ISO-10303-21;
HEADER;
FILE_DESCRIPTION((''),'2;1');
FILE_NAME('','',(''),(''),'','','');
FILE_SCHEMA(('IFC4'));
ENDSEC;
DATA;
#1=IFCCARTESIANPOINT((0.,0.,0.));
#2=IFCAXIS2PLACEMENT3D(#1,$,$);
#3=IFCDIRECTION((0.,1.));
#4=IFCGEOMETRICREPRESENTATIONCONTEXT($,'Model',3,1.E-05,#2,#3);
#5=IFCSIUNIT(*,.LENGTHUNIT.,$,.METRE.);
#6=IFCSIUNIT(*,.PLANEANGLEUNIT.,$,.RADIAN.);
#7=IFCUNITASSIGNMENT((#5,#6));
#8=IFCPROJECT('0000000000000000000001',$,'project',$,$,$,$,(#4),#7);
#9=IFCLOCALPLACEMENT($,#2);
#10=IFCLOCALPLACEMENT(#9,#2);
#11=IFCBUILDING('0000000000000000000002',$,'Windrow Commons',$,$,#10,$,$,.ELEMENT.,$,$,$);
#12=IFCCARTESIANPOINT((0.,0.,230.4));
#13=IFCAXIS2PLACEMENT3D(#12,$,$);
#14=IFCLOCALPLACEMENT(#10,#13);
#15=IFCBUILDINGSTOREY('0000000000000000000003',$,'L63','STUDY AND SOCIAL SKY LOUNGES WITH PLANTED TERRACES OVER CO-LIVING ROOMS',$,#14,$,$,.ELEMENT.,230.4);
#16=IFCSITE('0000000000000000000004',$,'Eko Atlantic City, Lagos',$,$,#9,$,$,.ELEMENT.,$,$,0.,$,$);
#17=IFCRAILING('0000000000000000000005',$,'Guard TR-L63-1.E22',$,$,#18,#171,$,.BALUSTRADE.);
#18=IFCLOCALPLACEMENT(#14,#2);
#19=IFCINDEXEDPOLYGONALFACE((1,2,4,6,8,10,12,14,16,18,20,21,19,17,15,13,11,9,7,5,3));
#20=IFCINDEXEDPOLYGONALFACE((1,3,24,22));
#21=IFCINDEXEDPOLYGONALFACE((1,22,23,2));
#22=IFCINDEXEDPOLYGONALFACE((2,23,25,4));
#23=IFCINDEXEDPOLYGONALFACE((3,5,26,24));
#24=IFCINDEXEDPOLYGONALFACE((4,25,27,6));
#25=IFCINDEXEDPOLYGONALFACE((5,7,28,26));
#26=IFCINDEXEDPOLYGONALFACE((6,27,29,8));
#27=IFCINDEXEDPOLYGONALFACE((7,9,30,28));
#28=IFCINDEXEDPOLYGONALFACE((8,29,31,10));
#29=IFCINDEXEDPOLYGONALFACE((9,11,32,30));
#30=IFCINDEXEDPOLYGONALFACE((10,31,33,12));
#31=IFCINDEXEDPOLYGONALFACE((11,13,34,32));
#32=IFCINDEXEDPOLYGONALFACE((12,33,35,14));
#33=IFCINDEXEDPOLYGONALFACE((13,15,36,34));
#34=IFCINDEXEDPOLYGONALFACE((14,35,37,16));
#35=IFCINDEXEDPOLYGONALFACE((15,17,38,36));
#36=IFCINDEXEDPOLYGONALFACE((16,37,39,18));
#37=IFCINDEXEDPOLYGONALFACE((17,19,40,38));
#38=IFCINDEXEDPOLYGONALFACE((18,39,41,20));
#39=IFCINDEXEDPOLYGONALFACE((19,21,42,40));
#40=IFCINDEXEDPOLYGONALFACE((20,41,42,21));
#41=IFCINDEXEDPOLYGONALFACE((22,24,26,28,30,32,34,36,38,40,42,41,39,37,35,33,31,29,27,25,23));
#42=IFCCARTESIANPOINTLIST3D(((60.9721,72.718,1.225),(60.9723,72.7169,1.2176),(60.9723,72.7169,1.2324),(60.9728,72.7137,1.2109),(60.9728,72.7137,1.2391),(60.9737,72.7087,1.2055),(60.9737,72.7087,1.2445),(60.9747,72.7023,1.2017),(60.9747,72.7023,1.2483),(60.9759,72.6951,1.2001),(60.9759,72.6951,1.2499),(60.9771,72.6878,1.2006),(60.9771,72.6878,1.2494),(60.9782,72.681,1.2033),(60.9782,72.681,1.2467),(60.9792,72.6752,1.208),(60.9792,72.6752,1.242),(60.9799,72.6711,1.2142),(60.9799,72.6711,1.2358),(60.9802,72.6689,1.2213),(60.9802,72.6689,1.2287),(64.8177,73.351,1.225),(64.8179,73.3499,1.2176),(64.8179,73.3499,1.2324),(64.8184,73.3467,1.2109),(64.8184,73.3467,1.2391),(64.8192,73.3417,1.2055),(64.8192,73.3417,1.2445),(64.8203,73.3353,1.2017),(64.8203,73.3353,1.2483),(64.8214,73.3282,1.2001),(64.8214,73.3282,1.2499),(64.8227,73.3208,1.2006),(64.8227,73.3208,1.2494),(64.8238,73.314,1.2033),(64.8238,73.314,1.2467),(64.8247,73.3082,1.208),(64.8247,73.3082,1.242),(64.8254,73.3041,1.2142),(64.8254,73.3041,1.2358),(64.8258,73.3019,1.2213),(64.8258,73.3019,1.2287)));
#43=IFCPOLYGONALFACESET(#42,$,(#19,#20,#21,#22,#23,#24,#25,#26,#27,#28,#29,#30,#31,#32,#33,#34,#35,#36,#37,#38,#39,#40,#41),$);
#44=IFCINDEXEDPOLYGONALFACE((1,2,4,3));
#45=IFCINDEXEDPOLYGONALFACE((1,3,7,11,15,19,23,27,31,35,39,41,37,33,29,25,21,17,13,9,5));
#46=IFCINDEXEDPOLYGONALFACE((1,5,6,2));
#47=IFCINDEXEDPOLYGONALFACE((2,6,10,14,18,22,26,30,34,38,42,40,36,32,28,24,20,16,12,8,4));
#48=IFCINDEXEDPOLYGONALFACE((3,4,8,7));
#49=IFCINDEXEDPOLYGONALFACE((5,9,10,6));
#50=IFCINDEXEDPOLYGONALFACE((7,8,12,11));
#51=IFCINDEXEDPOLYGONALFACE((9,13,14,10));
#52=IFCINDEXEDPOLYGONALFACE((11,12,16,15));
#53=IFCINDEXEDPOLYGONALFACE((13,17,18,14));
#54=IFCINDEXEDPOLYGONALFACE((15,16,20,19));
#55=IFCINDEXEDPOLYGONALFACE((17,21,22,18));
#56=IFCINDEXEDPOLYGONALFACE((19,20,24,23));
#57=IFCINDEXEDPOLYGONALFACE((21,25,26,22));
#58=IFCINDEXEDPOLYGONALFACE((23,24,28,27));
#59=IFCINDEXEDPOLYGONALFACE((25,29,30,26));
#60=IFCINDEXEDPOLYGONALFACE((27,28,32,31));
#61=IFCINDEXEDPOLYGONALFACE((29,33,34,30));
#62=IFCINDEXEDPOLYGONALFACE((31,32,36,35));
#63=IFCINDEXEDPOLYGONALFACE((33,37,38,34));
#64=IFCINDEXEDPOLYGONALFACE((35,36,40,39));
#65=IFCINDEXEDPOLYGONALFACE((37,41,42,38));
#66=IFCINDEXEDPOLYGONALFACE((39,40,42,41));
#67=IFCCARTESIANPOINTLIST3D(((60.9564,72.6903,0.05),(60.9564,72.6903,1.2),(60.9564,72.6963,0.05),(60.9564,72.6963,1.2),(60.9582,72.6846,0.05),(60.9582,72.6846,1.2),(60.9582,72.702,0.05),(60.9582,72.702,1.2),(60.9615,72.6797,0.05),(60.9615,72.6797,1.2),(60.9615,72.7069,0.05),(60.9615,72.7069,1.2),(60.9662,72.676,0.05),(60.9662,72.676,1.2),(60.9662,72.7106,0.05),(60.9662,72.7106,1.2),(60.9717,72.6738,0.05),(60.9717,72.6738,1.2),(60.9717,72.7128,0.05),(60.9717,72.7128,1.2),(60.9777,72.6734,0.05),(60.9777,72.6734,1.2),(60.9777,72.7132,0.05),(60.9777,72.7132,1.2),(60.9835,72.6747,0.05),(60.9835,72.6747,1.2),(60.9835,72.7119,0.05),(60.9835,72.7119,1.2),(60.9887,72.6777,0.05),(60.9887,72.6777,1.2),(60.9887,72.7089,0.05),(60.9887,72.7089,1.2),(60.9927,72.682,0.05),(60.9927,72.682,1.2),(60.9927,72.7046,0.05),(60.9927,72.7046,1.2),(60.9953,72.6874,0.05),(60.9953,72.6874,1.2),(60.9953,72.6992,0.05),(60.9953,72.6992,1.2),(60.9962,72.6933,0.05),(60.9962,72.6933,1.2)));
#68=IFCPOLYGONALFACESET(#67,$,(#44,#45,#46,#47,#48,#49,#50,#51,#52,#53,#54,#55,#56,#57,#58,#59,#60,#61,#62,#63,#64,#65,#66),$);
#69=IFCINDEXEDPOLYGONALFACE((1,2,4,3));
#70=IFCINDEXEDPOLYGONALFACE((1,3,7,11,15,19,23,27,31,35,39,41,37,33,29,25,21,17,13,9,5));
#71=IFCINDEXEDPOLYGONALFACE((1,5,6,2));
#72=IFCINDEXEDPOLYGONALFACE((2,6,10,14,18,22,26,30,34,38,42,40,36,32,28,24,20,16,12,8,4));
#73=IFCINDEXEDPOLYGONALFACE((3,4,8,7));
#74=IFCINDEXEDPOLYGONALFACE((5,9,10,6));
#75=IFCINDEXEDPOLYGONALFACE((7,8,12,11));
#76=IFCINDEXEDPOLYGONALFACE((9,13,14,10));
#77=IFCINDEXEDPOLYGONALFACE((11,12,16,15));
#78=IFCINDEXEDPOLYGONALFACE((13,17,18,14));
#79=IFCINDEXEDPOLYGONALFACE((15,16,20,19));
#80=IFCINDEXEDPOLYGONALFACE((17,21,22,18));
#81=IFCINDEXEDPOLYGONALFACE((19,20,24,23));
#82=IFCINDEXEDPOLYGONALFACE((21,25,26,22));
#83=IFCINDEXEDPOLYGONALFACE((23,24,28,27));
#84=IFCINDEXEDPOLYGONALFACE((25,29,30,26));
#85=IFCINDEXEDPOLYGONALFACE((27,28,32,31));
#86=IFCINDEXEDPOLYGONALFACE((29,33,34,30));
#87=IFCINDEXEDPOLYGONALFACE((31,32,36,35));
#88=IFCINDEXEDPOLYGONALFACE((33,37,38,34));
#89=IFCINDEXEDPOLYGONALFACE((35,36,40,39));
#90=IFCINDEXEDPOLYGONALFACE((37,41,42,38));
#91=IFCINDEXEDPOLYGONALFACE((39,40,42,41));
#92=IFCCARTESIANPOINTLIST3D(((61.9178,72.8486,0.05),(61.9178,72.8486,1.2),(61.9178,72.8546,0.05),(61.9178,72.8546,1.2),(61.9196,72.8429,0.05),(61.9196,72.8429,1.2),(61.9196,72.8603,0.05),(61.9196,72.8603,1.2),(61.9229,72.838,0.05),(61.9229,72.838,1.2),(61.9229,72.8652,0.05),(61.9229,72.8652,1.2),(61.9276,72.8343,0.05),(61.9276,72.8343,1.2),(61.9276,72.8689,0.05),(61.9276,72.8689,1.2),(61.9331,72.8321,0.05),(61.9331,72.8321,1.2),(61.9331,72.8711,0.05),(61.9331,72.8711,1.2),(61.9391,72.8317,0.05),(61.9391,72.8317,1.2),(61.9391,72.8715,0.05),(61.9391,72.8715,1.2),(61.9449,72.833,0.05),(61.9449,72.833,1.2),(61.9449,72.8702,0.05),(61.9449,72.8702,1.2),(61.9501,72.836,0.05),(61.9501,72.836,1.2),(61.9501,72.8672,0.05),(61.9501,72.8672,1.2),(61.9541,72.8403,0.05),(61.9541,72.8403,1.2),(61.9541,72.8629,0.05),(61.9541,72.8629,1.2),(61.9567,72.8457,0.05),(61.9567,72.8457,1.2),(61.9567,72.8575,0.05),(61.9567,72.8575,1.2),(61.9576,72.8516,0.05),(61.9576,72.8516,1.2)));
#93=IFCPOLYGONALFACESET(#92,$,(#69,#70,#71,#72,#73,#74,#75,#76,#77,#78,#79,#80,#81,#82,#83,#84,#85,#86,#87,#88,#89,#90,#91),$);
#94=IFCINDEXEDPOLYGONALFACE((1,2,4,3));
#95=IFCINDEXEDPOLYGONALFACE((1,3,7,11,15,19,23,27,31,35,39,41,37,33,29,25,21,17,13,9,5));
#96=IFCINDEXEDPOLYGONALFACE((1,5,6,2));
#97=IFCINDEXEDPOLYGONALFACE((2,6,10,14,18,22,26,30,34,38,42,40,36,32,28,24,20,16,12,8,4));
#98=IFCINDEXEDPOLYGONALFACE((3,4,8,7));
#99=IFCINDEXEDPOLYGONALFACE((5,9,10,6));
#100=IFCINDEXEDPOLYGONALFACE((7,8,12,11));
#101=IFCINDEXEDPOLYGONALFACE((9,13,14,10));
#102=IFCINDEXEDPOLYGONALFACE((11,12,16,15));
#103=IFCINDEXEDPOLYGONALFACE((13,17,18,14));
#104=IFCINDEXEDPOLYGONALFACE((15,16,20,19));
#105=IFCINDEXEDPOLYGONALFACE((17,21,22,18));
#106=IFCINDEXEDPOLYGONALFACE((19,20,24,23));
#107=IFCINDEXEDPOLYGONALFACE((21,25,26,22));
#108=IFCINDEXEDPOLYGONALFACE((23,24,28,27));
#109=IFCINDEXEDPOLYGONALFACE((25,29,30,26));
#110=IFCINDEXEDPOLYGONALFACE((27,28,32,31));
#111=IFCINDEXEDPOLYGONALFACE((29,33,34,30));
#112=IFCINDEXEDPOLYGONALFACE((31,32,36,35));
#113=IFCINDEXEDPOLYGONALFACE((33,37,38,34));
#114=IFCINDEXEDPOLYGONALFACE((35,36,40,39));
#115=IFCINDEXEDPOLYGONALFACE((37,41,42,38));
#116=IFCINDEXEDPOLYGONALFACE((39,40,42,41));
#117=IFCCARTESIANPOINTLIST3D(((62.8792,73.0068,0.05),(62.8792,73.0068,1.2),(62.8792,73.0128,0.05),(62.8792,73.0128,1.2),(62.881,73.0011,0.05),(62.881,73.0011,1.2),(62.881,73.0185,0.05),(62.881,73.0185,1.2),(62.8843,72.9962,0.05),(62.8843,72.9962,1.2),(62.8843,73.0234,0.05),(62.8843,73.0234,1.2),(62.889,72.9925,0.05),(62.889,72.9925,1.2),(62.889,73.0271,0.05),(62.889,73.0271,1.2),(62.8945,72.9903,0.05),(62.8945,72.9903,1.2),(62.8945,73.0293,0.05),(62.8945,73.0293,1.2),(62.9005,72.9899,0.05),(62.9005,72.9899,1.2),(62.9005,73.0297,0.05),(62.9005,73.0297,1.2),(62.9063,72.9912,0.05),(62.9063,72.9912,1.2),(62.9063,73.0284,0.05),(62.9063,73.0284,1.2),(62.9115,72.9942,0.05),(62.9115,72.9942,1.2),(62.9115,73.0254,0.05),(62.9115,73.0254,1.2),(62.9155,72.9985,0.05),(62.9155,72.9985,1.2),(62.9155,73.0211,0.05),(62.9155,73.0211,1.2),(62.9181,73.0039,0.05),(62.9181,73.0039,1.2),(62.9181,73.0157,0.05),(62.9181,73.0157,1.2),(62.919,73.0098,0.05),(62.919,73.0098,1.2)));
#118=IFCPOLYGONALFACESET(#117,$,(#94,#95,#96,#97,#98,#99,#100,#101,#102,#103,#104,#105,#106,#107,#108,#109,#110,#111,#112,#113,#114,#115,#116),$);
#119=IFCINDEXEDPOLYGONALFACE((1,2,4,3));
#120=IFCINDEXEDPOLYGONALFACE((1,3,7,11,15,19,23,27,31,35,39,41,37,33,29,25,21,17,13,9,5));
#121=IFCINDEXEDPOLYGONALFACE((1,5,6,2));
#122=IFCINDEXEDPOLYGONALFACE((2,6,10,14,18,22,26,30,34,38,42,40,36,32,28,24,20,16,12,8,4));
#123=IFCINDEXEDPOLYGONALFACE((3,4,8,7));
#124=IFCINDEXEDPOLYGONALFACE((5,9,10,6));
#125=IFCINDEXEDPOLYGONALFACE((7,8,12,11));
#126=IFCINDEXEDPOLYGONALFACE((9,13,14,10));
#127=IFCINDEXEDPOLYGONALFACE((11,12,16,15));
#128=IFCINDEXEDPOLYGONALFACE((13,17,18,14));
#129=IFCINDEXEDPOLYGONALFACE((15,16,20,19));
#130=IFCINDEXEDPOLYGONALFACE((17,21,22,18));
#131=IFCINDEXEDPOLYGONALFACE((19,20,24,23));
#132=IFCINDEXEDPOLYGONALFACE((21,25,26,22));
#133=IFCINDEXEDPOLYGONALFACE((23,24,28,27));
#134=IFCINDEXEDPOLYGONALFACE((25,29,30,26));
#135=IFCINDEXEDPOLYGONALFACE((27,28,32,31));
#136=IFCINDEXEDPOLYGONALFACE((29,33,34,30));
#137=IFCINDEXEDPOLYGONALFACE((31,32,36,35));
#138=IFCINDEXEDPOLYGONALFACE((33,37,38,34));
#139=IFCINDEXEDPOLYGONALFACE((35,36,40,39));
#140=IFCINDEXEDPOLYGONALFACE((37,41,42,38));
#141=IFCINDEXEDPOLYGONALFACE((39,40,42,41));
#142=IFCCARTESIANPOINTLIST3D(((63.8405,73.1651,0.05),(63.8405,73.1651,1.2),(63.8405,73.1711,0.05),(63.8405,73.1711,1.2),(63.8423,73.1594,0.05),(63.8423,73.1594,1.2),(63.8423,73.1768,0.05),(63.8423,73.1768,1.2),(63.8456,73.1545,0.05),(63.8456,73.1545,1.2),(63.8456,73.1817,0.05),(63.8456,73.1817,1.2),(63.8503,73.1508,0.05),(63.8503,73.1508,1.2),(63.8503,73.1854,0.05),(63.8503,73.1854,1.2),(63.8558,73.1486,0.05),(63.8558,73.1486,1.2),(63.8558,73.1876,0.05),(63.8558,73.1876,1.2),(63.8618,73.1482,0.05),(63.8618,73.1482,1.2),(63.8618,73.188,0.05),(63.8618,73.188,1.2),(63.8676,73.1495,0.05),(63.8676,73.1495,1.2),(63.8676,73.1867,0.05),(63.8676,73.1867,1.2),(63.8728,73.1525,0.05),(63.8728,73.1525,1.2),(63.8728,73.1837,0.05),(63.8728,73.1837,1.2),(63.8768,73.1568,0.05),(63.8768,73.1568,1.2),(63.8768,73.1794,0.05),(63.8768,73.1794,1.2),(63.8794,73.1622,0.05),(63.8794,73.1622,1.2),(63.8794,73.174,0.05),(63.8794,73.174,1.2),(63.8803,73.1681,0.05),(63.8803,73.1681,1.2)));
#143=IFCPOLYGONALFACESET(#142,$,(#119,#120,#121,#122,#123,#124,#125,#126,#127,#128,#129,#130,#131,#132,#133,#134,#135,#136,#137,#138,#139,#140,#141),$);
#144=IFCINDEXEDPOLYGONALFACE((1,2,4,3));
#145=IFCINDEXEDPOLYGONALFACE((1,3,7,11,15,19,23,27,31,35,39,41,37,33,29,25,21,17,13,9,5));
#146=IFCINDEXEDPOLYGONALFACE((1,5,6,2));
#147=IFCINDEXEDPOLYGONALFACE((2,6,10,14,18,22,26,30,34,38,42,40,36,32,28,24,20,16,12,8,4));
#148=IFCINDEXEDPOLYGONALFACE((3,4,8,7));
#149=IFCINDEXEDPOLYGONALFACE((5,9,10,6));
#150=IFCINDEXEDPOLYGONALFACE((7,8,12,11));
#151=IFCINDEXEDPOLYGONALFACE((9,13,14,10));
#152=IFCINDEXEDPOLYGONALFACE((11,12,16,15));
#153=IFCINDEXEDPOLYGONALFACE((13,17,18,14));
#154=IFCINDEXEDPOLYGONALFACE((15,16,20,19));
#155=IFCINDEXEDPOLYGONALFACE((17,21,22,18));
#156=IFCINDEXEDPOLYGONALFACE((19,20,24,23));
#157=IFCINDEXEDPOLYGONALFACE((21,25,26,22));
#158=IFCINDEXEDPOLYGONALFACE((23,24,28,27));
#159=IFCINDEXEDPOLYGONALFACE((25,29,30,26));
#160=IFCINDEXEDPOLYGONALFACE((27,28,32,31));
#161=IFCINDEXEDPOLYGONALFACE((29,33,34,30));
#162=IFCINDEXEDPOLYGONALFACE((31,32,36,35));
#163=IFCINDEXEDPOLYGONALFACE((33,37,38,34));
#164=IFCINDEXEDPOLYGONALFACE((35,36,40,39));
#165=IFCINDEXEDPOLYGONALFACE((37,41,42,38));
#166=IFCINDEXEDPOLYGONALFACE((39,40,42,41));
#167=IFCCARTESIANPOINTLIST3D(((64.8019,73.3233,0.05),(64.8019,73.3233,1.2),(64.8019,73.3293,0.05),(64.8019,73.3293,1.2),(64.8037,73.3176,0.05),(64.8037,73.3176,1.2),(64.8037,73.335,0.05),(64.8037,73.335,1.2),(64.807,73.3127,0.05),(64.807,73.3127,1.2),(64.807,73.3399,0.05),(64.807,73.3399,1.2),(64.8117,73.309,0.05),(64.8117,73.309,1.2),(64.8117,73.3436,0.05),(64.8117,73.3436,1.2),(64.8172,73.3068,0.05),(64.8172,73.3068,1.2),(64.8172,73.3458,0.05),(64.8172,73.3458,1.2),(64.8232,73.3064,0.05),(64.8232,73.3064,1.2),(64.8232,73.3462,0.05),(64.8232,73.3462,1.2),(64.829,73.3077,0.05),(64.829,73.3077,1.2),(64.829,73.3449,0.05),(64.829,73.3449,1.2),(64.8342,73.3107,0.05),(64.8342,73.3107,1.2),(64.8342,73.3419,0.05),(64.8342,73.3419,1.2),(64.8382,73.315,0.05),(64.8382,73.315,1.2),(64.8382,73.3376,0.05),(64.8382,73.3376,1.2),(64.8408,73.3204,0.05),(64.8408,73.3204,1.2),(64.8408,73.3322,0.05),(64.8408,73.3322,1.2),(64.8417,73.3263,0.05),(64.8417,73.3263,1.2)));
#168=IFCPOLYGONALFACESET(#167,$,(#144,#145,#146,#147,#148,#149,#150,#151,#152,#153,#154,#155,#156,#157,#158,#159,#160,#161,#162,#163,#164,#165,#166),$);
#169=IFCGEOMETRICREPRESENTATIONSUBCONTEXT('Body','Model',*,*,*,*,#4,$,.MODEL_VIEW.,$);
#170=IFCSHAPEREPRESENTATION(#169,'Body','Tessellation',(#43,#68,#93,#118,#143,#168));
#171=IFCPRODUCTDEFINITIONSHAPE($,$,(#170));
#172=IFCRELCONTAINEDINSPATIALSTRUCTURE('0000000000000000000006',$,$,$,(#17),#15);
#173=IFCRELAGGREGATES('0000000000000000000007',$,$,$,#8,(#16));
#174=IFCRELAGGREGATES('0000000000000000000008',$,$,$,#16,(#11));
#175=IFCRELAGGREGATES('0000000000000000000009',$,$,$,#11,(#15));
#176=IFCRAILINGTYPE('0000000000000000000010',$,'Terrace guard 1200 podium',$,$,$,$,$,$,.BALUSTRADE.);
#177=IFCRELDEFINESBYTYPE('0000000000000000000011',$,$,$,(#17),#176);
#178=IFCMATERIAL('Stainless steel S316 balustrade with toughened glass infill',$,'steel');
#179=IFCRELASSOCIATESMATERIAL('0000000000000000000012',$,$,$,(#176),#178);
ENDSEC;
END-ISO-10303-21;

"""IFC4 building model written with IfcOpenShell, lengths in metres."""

from ifc_helpers import new_model, si_unit, direction, frame, origin, origin_2d, place, context, subcontext, project, spatial, circle, extrude, material, type_object, element, save


model = new_model("IFC4")

# Units and contexts
model_context = context("Model", 3, precision=1e-05, world=origin(), true_north=direction((0.0, 1.0)))
body_context = subcontext(model_context, "Body", "Model", "MODEL_VIEW")
ifc_project = project(units=[si_unit("LENGTHUNIT", "METRE"), si_unit("PLANEANGLEUNIT", "RADIAN")], contexts=[model_context])

# Site, building, storey
site_placement = place(None, origin())
site = spatial("IfcSite", under=ifc_project, at=site_placement, Name="Eko Atlantic City, Lagos", CompositionType="ELEMENT", RefElevation=0.0)
building_placement = place(site_placement, origin())
building = spatial("IfcBuilding", under=site, at=building_placement, Name="Windrow Commons", CompositionType="ELEMENT")
storey_placement = place(building_placement, frame((0.0, 0.0, 230.4)))
storey = spatial("IfcBuildingStorey", under=building, at=storey_placement, Name="L63", Description="STUDY AND SOCIAL SKY LOUNGES WITH PLANTED TERRACES OVER CO-LIVING ROOMS", CompositionType="ELEMENT", Elevation=230.4)

# Railing
ifc_material_1 = material(Name="Stainless steel S316 balustrade with toughened glass infill", Category="steel")
railing_type_1 = type_object("IfcRailingType", Name="Terrace guard 1200 podium", PredefinedType="BALUSTRADE", material=ifc_material_1)
railing_1_placement = place(storey_placement, frame((60.9762, 72.6933, 0.05)))
element("IfcRailing", 1, at=railing_1_placement, inside=storey, type_object=railing_type_1, Name="Guard TR-L63-1.E22", PredefinedType="BALUSTRADE", context=body_context, shape_type="SweptSolid", body=[
    extrude(circle(Radius=0.025, at=origin_2d()), frame((0.0, 0.0, 1.175), z_axis=(0.986721, 0.162422, 0.0), x_axis=(-0.162422, 0.986721, 0.0)), (0.0, 0.0, 1.0), 3.8973),
    extrude(circle(Radius=0.02, at=origin_2d()), origin(), (0.0, 0.0, 1.0), 1.15),
    extrude(circle(Radius=0.02, at=origin_2d()), frame((0.9614, 0.1583, 0.0)), (0.0, 0.0, 1.0), 1.15),
    extrude(circle(Radius=0.02, at=origin_2d()), frame((1.9228, 0.3165, 0.0)), (0.0, 0.0, 1.0), 1.15),
    extrude(circle(Radius=0.02, at=origin_2d()), frame((2.8841, 0.4748, 0.0)), (0.0, 0.0, 1.0), 1.15),
    extrude(circle(Radius=0.02, at=origin_2d()), frame((3.8455, 0.633, 0.0)), (0.0, 0.0, 1.0), 1.15),
])

save(model, "model.ifc")
